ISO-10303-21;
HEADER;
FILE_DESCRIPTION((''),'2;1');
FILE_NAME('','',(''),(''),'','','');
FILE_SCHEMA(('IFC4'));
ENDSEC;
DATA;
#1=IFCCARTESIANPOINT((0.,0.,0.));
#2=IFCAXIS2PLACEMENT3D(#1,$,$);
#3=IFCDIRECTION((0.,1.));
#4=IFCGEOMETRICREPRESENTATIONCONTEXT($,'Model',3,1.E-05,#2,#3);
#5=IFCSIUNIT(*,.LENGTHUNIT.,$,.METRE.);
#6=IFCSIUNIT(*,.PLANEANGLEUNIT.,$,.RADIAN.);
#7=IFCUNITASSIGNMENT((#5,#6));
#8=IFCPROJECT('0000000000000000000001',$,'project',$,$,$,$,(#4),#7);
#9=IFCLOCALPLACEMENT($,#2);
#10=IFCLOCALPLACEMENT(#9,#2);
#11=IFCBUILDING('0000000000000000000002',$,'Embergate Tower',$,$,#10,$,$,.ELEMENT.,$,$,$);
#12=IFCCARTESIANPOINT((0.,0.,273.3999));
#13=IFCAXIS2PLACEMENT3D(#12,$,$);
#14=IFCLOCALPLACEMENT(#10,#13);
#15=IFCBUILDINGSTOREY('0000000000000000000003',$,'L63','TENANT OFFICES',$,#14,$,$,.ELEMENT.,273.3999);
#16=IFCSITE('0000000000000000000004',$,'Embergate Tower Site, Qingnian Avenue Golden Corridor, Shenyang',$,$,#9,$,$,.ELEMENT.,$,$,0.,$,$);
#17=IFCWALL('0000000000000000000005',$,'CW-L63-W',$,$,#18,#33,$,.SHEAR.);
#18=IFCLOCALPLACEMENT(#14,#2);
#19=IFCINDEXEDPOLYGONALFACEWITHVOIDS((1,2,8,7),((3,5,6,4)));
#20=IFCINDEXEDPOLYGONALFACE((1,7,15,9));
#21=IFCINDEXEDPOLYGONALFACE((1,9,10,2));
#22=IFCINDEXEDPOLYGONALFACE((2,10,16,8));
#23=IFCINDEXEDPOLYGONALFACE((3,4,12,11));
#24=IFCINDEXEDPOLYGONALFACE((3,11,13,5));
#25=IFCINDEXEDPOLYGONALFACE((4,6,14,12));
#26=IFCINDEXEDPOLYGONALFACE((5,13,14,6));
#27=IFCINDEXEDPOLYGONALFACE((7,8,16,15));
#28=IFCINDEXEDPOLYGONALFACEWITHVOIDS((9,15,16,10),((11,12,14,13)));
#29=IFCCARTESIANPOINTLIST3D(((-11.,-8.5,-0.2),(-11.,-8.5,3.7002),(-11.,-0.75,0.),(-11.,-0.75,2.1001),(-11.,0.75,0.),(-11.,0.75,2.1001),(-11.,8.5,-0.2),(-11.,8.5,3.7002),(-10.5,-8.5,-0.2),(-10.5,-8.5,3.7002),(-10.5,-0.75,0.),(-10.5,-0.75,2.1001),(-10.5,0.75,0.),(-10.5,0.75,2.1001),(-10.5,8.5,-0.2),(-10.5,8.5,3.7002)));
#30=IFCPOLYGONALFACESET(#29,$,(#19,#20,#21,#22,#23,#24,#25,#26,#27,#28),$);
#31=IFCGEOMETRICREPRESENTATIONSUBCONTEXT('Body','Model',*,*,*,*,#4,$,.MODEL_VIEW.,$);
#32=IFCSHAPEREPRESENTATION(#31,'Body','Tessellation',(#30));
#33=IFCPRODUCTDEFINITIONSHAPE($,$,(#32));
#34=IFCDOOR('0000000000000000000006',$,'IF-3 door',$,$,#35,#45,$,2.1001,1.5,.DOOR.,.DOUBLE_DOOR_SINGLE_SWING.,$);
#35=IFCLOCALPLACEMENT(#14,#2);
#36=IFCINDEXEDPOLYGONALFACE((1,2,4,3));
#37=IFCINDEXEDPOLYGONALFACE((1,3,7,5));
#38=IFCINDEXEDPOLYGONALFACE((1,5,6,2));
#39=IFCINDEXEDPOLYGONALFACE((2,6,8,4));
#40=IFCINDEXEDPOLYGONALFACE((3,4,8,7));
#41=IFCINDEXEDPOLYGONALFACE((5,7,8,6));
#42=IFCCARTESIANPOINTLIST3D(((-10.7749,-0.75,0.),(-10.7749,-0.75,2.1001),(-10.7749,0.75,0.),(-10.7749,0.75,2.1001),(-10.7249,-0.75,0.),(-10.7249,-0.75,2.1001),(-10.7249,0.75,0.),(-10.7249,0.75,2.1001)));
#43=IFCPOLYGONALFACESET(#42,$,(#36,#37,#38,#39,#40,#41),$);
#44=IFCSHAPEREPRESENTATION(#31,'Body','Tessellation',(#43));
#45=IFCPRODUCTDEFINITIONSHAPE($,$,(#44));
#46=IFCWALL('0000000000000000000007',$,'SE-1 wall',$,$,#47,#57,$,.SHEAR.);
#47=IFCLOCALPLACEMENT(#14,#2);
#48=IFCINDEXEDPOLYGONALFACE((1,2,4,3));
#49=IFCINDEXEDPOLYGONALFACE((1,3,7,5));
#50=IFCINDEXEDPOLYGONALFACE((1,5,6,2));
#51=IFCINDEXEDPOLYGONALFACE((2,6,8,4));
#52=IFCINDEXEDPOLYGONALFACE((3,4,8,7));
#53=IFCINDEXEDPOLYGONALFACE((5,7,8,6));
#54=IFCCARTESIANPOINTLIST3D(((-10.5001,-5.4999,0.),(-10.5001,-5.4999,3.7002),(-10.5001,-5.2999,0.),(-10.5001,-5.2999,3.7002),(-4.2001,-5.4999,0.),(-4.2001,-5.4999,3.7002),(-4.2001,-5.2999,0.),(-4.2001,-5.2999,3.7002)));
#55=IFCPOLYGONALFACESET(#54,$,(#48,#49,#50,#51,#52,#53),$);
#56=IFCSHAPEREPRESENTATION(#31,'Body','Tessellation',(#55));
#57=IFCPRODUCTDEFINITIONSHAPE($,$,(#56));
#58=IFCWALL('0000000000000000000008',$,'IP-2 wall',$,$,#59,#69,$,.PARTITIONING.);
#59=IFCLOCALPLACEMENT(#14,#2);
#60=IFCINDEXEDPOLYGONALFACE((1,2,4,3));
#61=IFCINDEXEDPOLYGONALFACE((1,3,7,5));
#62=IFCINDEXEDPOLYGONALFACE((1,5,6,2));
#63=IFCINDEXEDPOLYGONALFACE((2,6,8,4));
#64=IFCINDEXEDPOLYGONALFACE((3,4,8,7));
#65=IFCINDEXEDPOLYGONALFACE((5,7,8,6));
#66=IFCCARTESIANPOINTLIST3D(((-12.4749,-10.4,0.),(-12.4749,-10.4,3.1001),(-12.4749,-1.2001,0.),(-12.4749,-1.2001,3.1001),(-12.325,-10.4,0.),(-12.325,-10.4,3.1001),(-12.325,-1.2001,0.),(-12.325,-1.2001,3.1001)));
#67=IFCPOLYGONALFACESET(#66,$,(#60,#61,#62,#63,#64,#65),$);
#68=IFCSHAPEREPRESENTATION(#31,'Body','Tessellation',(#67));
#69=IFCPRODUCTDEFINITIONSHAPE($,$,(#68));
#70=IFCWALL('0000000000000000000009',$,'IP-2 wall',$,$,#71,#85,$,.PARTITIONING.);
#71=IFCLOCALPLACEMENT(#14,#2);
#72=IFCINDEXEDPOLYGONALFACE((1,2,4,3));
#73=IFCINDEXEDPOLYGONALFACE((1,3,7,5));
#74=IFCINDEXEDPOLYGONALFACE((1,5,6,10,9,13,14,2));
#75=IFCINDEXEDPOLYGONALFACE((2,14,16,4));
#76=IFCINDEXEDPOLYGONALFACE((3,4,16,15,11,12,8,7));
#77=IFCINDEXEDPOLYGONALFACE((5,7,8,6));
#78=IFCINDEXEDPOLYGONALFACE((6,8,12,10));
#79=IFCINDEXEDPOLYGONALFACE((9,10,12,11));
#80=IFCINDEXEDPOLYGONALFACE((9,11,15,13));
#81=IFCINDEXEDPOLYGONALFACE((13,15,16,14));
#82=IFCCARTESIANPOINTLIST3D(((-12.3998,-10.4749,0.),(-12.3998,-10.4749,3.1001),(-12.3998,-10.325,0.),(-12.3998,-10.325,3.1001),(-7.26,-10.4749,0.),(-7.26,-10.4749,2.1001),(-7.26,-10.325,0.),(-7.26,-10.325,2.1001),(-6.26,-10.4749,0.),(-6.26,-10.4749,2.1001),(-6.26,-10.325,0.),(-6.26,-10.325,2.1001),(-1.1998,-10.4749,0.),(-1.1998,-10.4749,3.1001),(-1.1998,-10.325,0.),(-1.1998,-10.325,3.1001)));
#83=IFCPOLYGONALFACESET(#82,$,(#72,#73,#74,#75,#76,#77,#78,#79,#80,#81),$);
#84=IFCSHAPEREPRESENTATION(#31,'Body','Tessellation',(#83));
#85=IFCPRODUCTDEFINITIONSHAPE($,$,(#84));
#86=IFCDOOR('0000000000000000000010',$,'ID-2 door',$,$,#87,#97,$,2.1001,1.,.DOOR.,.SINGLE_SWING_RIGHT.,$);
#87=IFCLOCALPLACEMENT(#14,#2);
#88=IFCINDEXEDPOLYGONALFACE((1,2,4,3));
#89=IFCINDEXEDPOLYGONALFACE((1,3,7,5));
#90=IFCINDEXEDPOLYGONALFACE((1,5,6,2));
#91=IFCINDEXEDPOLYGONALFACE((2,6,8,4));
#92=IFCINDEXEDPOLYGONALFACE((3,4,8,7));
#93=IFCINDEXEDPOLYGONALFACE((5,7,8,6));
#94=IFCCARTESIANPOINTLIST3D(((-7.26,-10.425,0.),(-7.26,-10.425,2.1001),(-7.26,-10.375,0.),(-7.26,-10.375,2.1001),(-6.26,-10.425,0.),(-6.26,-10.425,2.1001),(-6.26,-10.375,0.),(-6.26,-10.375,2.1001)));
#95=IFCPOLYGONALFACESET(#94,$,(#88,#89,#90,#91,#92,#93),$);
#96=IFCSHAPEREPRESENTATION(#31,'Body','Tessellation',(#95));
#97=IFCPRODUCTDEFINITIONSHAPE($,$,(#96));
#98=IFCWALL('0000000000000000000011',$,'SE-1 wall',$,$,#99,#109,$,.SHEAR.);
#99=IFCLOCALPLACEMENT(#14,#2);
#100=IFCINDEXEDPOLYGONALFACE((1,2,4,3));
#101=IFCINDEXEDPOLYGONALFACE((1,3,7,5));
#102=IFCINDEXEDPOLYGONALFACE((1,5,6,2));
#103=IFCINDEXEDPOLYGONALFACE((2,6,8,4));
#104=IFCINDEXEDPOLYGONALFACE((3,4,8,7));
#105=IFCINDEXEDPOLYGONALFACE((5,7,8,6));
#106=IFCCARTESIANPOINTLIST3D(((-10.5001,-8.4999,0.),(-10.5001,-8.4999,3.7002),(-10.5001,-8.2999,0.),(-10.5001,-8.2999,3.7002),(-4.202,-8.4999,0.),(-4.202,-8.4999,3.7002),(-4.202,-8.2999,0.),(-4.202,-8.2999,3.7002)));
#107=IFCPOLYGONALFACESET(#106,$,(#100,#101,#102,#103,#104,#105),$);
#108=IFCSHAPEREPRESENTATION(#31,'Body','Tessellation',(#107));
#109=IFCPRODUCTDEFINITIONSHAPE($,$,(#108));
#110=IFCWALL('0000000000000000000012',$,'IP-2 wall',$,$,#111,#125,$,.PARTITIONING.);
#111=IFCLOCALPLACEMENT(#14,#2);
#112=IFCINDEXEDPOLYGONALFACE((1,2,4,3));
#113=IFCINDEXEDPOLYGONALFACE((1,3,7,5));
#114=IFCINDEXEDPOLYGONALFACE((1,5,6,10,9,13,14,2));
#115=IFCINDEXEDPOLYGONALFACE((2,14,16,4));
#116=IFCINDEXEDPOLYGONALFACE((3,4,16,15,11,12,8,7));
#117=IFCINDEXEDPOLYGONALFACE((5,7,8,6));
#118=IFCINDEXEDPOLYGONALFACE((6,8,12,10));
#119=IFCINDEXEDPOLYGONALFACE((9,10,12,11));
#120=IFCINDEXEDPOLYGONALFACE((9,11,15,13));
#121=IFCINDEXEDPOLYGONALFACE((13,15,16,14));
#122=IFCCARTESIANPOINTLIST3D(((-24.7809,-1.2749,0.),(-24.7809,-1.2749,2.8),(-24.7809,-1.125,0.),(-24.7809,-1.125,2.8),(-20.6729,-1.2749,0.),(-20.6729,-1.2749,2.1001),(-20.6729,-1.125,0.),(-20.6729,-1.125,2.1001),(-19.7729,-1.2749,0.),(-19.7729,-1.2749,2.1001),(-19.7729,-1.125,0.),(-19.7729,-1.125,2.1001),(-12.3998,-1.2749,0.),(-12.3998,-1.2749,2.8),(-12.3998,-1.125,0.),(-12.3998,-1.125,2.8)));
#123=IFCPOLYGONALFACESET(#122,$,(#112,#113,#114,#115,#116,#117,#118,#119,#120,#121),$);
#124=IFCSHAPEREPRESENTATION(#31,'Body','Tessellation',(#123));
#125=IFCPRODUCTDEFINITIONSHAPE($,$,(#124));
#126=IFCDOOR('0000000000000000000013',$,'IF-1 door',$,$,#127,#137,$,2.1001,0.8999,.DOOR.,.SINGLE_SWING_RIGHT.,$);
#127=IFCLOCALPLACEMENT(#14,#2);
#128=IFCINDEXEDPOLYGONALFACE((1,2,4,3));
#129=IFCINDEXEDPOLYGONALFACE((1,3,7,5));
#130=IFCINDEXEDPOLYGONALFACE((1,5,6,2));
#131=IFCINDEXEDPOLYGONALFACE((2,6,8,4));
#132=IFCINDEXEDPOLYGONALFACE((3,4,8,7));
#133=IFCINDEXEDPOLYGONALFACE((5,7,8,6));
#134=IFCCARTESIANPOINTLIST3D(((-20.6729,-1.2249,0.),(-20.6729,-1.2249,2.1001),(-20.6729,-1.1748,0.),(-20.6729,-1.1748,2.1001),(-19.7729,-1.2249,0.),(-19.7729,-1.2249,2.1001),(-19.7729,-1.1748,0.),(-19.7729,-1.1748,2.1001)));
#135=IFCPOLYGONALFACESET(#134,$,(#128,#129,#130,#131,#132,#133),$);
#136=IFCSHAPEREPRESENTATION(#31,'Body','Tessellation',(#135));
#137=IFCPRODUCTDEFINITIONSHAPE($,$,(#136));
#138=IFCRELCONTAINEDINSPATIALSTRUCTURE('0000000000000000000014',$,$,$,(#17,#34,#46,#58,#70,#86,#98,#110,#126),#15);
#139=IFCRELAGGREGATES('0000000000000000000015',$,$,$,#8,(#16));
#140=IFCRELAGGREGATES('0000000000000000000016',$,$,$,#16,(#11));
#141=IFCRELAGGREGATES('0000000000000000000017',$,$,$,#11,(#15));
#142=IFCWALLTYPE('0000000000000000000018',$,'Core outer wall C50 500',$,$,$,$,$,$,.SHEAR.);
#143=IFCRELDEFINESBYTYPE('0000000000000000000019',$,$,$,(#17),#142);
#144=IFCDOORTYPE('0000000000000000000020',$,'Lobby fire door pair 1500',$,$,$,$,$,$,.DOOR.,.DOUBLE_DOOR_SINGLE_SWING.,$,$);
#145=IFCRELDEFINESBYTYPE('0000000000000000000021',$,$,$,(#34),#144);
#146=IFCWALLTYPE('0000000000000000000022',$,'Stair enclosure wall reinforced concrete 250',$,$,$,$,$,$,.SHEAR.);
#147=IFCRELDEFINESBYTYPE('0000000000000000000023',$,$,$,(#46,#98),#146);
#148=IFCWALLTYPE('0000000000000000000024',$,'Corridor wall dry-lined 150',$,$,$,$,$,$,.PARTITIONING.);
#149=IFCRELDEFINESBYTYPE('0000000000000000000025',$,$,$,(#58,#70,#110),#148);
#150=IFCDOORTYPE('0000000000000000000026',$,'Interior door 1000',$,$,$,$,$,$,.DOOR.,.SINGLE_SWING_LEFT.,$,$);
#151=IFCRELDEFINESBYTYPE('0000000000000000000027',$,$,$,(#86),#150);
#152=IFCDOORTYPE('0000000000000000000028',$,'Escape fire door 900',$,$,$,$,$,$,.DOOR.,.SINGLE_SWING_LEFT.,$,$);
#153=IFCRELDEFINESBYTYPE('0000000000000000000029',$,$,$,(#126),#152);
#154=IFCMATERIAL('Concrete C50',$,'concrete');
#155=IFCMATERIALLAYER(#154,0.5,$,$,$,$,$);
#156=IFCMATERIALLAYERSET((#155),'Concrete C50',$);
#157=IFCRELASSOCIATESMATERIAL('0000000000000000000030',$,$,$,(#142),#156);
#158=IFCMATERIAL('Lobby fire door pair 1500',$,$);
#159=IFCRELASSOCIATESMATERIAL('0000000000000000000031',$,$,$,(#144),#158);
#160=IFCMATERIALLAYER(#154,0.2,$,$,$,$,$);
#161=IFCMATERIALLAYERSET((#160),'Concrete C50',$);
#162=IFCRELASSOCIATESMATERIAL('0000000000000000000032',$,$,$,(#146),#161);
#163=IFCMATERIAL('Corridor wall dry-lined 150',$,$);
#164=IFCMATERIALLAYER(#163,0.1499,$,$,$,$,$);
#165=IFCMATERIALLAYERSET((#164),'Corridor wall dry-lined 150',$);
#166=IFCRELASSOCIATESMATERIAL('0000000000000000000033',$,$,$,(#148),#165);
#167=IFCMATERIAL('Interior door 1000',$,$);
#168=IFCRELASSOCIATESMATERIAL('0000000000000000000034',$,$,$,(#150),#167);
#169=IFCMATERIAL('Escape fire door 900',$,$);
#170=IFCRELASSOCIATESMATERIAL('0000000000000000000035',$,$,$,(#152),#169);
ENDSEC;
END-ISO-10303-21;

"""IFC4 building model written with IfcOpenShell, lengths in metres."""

from ifc_helpers import new_model, si_unit, direction, frame, frame_2d, origin, place, context, subcontext, project, spatial, rectangle, extrude, source, transform, mapped, material, layer, layer_set, type_object, element, fill, save


model = new_model("IFC4")

# Units and contexts
model_context = context("Model", 3, precision=1e-05, world=origin(), true_north=direction((0.0, 1.0)))
body_context = subcontext(model_context, "Body", "Model", "MODEL_VIEW")
ifc_project = project(units=[si_unit("LENGTHUNIT", "METRE"), si_unit("PLANEANGLEUNIT", "RADIAN")], contexts=[model_context])

# Site, building, storey
site_placement = place(None, origin())
site = spatial("IfcSite", under=ifc_project, at=site_placement, Name="Embergate Tower Site, Qingnian Avenue Golden Corridor, Shenyang", CompositionType="ELEMENT", RefElevation=0.0)
building_placement = place(site_placement, origin())
building = spatial("IfcBuilding", under=site, at=building_placement, Name="Embergate Tower", CompositionType="ELEMENT")
storey_placement = place(building_placement, frame((0.0, 0.0, 273.3999)))
storey = spatial("IfcBuildingStorey", under=building, at=storey_placement, Name="L63", Description="TENANT OFFICES", CompositionType="ELEMENT", Elevation=273.3999)

# Shared definitions
ifc_material_1 = material(Name="Concrete C50", Category="concrete")
ifc_layer_1 = layer(ifc_material_1, 0.5)
ifc_layer_set_1 = layer_set([ifc_layer_1], Name="Concrete C50")
wall_type_1 = type_object("IfcWallType", Name="Core outer wall C50 500", PredefinedType="SHEAR", material=ifc_layer_set_1)

# Wall, opening, door
shared_shape_1 = source(origin(), body_context, "Body", "SweptSolid", [
    extrude(rectangle(XDim=17.0, YDim=0.5, at=frame_2d((8.5, 0.0))), origin(), (0.0, 0.0, 1.0), 3.9001),
])
wall_1_placement = place(storey_placement, frame((-10.75, -8.5, -0.2), z_axis=(0.0, 0.0, 1.0), x_axis=(0.0, 1.0, 0.0)))
wall_1 = element("IfcWall", 1, at=wall_1_placement, inside=storey, type_object=wall_type_1, Name="CW-L63-W", PredefinedType="SHEAR", context=body_context, shape_type="MappedRepresentation", body=[
    mapped(shared_shape_1, transform((0.0, 0.0, 0.0))),
])
shared_shape_2 = source(origin(), body_context, "Body", "SweptSolid", [
    extrude(rectangle(XDim=1.5, YDim=2.1001, at=frame_2d((0.75, 1.05))), frame((0.0, 0.26, 0.0), z_axis=(0.0, -1.0, 0.0), x_axis=(1.0, 0.0, 0.0)), (0.0, 0.0, 1.0), 0.52),
])
opening_1_placement = place(wall_1_placement, frame((7.75, 0.0, 0.2)))
opening_1 = element("IfcOpeningElement", 2, at=opening_1_placement, cuts=wall_1, PredefinedType="OPENING", context=body_context, shape_type="MappedRepresentation", body=[
    mapped(shared_shape_2, transform((0.0, 0.0, 0.0))),
])
ifc_material_2 = material(Name="Lobby fire door pair 1500")
door_type_1 = type_object("IfcDoorType", Name="Lobby fire door pair 1500", OperationType="DOUBLE_DOOR_SINGLE_SWING", PredefinedType="DOOR", material=ifc_material_2)
shared_shape_3 = source(origin(), body_context, "Body", "SweptSolid", [
    extrude(rectangle(XDim=1.5, YDim=2.1001, at=frame_2d((0.75, 1.05))), frame((0.0, 0.0249, 0.0), z_axis=(0.0, -1.0, 0.0), x_axis=(1.0, 0.0, 0.0)), (0.0, 0.0, 1.0), 0.05),
])
door_1_placement = place(opening_1_placement, origin())
door_1 = element("IfcDoor", 3, at=door_1_placement, inside=storey, type_object=door_type_1, Name="IF-3 door", OperationType="DOUBLE_DOOR_SINGLE_SWING", OverallHeight=2.1001, OverallWidth=1.5, PredefinedType="DOOR", context=body_context, shape_type="MappedRepresentation", body=[
    mapped(shared_shape_3, transform((0.0, 0.0, 0.0))),
])
fill(opening_1, door_1)

# Walls
ifc_layer_2 = layer(ifc_material_1, 0.2)
ifc_layer_set_2 = layer_set([ifc_layer_2], Name="Concrete C50")
wall_type_2 = type_object("IfcWallType", Name="Stair enclosure wall reinforced concrete 250", PredefinedType="SHEAR", material=ifc_layer_set_2)
shared_shape_4 = source(origin(), body_context, "Body", "SweptSolid", [
    extrude(rectangle(XDim=6.3, YDim=0.2, at=frame_2d((3.1499, 0.0))), origin(), (0.0, 0.0, 1.0), 3.7002),
])
wall_2_placement = place(storey_placement, frame((-10.5, -5.3999, 0.0), z_axis=(0.0, 0.0, 1.0), x_axis=(1.0, 0.0, 0.0)))
element("IfcWall", 4, at=wall_2_placement, inside=storey, type_object=wall_type_2, Name="SE-1 wall", PredefinedType="SHEAR", context=body_context, shape_type="MappedRepresentation", body=[
    mapped(shared_shape_4, transform((0.0, 0.0, 0.0))),
])
ifc_material_3 = material(Name="Corridor wall dry-lined 150")
ifc_layer_3 = layer(ifc_material_3, 0.1499)
ifc_layer_set_3 = layer_set([ifc_layer_3], Name="Corridor wall dry-lined 150")
wall_type_3 = type_object("IfcWallType", Name="Corridor wall dry-lined 150", PredefinedType="PARTITIONING", material=ifc_layer_set_3)
shared_shape_5 = source(origin(), body_context, "Body", "SweptSolid", [
    extrude(rectangle(XDim=9.2, YDim=0.1499, at=frame_2d((4.6001, 0.0))), origin(), (0.0, 0.0, 1.0), 3.1001),
])
wall_3_placement = place(storey_placement, frame((-12.3999, -1.2, 0.0), z_axis=(0.0, 0.0, 1.0), x_axis=(0.0, -1.0, 0.0)))
element("IfcWall", 5, at=wall_3_placement, inside=storey, type_object=wall_type_3, Name="IP-2 wall", PredefinedType="PARTITIONING", context=body_context, shape_type="MappedRepresentation", body=[
    mapped(shared_shape_5, transform((0.0, 0.0, 0.0))),
])

# Wall, opening, door
shared_shape_6 = source(origin(), body_context, "Body", "SweptSolid", [
    extrude(rectangle(XDim=11.2, YDim=0.1499, at=frame_2d((5.6001, 0.0))), origin(), (0.0, 0.0, 1.0), 3.1001),
])
wall_4_placement = place(storey_placement, frame((-12.3999, -10.3999, 0.0), z_axis=(0.0, 0.0, 1.0), x_axis=(1.0, 0.0, 0.0)))
wall_4 = element("IfcWall", 6, at=wall_4_placement, inside=storey, type_object=wall_type_3, Name="IP-2 wall", PredefinedType="PARTITIONING", context=body_context, shape_type="MappedRepresentation", body=[
    mapped(shared_shape_6, transform((0.0, 0.0, 0.0))),
])
shared_shape_7 = source(origin(), body_context, "Body", "SweptSolid", [
    extrude(rectangle(XDim=1.0, YDim=2.1001, at=frame_2d((0.5, 1.05))), frame((0.0, 0.085, 0.0), z_axis=(0.0, -1.0, 0.0), x_axis=(1.0, 0.0, 0.0)), (0.0, 0.0, 1.0), 0.1699),
])
opening_2_placement = place(wall_4_placement, frame((5.1399, 0.0, 0.0)))
opening_2 = element("IfcOpeningElement", 7, at=opening_2_placement, cuts=wall_4, PredefinedType="OPENING", context=body_context, shape_type="MappedRepresentation", body=[
    mapped(shared_shape_7, transform((0.0, 0.0, 0.0))),
])
ifc_material_4 = material(Name="Interior door 1000")
door_type_2 = type_object("IfcDoorType", Name="Interior door 1000", OperationType="SINGLE_SWING_LEFT", PredefinedType="DOOR", material=ifc_material_4)
shared_shape_8 = source(origin(), body_context, "Body", "SweptSolid", [
    extrude(rectangle(XDim=1.0, YDim=2.1001, at=frame_2d((0.5, 1.05))), frame((0.0, 0.0249, 0.0), z_axis=(0.0, -1.0, 0.0), x_axis=(1.0, 0.0, 0.0)), (0.0, 0.0, 1.0), 0.05),
])
door_2_placement = place(opening_2_placement, origin())
door_2 = element("IfcDoor", 8, at=door_2_placement, inside=storey, type_object=door_type_2, Name="ID-2 door", OperationType="SINGLE_SWING_RIGHT", OverallHeight=2.1001, OverallWidth=1.0, PredefinedType="DOOR", context=body_context, shape_type="MappedRepresentation", body=[
    mapped(shared_shape_8, transform((0.0, 0.0, 0.0))),
])
fill(opening_2, door_2)

# Wall
shared_shape_9 = source(origin(), body_context, "Body", "SweptSolid", [
    extrude(rectangle(XDim=6.2981, YDim=0.2, at=frame_2d((3.1489, 0.0))), origin(), (0.0, 0.0, 1.0), 3.7002),
])
wall_5_placement = place(storey_placement, frame((-10.5, -8.3999, 0.0), z_axis=(0.0, 0.0, 1.0), x_axis=(1.0, 0.0, 0.0)))
element("IfcWall", 9, at=wall_5_placement, inside=storey, type_object=wall_type_2, Name="SE-1 wall", PredefinedType="SHEAR", context=body_context, shape_type="MappedRepresentation", body=[
    mapped(shared_shape_9, transform((0.0, 0.0, 0.0))),
])

# Wall, opening, door
shared_shape_10 = source(origin(), body_context, "Body", "SweptSolid", [
    extrude(rectangle(XDim=12.3811, YDim=0.1499, at=frame_2d((6.1904, 0.0))), origin(), (0.0, 0.0, 1.0), 2.8),
])
wall_6_placement = place(storey_placement, frame((-12.3999, -1.2, 0.0), z_axis=(0.0, 0.0, 1.0), x_axis=(-1.0, 0.0, 0.0)))
wall_6 = element("IfcWall", 10, at=wall_6_placement, inside=storey, type_object=wall_type_3, Name="IP-2 wall", PredefinedType="PARTITIONING", context=body_context, shape_type="MappedRepresentation", body=[
    mapped(shared_shape_10, transform((0.0, 0.0, 0.0))),
])
shared_shape_11 = source(origin(), body_context, "Body", "SweptSolid", [
    extrude(rectangle(XDim=0.8999, YDim=2.1001, at=frame_2d((0.45, 1.05))), frame((0.0, 0.085, 0.0), z_axis=(0.0, -1.0, 0.0), x_axis=(1.0, 0.0, 0.0)), (0.0, 0.0, 1.0), 0.1699),
])
opening_3_placement = place(wall_6_placement, frame((7.373, 0.0, 0.0)))
opening_3 = element("IfcOpeningElement", 11, at=opening_3_placement, cuts=wall_6, PredefinedType="OPENING", context=body_context, shape_type="MappedRepresentation", body=[
    mapped(shared_shape_11, transform((0.0, 0.0, 0.0))),
])
ifc_material_5 = material(Name="Escape fire door 900")
door_type_3 = type_object("IfcDoorType", Name="Escape fire door 900", OperationType="SINGLE_SWING_LEFT", PredefinedType="DOOR", material=ifc_material_5)
shared_shape_12 = source(origin(), body_context, "Body", "SweptSolid", [
    extrude(rectangle(XDim=0.8999, YDim=2.1001, at=frame_2d((0.45, 1.05))), frame((0.0, 0.0249, 0.0), z_axis=(0.0, -1.0, 0.0), x_axis=(1.0, 0.0, 0.0)), (0.0, 0.0, 1.0), 0.05),
])
door_3_placement = place(opening_3_placement, origin())
door_3 = element("IfcDoor", 12, at=door_3_placement, inside=storey, type_object=door_type_3, Name="IF-1 door", OperationType="SINGLE_SWING_RIGHT", OverallHeight=2.1001, OverallWidth=0.8999, PredefinedType="DOOR", context=body_context, shape_type="MappedRepresentation", body=[
    mapped(shared_shape_12, transform((0.0, 0.0, 0.0))),
])
fill(opening_3, door_3)

save(model, "model.ifc")
